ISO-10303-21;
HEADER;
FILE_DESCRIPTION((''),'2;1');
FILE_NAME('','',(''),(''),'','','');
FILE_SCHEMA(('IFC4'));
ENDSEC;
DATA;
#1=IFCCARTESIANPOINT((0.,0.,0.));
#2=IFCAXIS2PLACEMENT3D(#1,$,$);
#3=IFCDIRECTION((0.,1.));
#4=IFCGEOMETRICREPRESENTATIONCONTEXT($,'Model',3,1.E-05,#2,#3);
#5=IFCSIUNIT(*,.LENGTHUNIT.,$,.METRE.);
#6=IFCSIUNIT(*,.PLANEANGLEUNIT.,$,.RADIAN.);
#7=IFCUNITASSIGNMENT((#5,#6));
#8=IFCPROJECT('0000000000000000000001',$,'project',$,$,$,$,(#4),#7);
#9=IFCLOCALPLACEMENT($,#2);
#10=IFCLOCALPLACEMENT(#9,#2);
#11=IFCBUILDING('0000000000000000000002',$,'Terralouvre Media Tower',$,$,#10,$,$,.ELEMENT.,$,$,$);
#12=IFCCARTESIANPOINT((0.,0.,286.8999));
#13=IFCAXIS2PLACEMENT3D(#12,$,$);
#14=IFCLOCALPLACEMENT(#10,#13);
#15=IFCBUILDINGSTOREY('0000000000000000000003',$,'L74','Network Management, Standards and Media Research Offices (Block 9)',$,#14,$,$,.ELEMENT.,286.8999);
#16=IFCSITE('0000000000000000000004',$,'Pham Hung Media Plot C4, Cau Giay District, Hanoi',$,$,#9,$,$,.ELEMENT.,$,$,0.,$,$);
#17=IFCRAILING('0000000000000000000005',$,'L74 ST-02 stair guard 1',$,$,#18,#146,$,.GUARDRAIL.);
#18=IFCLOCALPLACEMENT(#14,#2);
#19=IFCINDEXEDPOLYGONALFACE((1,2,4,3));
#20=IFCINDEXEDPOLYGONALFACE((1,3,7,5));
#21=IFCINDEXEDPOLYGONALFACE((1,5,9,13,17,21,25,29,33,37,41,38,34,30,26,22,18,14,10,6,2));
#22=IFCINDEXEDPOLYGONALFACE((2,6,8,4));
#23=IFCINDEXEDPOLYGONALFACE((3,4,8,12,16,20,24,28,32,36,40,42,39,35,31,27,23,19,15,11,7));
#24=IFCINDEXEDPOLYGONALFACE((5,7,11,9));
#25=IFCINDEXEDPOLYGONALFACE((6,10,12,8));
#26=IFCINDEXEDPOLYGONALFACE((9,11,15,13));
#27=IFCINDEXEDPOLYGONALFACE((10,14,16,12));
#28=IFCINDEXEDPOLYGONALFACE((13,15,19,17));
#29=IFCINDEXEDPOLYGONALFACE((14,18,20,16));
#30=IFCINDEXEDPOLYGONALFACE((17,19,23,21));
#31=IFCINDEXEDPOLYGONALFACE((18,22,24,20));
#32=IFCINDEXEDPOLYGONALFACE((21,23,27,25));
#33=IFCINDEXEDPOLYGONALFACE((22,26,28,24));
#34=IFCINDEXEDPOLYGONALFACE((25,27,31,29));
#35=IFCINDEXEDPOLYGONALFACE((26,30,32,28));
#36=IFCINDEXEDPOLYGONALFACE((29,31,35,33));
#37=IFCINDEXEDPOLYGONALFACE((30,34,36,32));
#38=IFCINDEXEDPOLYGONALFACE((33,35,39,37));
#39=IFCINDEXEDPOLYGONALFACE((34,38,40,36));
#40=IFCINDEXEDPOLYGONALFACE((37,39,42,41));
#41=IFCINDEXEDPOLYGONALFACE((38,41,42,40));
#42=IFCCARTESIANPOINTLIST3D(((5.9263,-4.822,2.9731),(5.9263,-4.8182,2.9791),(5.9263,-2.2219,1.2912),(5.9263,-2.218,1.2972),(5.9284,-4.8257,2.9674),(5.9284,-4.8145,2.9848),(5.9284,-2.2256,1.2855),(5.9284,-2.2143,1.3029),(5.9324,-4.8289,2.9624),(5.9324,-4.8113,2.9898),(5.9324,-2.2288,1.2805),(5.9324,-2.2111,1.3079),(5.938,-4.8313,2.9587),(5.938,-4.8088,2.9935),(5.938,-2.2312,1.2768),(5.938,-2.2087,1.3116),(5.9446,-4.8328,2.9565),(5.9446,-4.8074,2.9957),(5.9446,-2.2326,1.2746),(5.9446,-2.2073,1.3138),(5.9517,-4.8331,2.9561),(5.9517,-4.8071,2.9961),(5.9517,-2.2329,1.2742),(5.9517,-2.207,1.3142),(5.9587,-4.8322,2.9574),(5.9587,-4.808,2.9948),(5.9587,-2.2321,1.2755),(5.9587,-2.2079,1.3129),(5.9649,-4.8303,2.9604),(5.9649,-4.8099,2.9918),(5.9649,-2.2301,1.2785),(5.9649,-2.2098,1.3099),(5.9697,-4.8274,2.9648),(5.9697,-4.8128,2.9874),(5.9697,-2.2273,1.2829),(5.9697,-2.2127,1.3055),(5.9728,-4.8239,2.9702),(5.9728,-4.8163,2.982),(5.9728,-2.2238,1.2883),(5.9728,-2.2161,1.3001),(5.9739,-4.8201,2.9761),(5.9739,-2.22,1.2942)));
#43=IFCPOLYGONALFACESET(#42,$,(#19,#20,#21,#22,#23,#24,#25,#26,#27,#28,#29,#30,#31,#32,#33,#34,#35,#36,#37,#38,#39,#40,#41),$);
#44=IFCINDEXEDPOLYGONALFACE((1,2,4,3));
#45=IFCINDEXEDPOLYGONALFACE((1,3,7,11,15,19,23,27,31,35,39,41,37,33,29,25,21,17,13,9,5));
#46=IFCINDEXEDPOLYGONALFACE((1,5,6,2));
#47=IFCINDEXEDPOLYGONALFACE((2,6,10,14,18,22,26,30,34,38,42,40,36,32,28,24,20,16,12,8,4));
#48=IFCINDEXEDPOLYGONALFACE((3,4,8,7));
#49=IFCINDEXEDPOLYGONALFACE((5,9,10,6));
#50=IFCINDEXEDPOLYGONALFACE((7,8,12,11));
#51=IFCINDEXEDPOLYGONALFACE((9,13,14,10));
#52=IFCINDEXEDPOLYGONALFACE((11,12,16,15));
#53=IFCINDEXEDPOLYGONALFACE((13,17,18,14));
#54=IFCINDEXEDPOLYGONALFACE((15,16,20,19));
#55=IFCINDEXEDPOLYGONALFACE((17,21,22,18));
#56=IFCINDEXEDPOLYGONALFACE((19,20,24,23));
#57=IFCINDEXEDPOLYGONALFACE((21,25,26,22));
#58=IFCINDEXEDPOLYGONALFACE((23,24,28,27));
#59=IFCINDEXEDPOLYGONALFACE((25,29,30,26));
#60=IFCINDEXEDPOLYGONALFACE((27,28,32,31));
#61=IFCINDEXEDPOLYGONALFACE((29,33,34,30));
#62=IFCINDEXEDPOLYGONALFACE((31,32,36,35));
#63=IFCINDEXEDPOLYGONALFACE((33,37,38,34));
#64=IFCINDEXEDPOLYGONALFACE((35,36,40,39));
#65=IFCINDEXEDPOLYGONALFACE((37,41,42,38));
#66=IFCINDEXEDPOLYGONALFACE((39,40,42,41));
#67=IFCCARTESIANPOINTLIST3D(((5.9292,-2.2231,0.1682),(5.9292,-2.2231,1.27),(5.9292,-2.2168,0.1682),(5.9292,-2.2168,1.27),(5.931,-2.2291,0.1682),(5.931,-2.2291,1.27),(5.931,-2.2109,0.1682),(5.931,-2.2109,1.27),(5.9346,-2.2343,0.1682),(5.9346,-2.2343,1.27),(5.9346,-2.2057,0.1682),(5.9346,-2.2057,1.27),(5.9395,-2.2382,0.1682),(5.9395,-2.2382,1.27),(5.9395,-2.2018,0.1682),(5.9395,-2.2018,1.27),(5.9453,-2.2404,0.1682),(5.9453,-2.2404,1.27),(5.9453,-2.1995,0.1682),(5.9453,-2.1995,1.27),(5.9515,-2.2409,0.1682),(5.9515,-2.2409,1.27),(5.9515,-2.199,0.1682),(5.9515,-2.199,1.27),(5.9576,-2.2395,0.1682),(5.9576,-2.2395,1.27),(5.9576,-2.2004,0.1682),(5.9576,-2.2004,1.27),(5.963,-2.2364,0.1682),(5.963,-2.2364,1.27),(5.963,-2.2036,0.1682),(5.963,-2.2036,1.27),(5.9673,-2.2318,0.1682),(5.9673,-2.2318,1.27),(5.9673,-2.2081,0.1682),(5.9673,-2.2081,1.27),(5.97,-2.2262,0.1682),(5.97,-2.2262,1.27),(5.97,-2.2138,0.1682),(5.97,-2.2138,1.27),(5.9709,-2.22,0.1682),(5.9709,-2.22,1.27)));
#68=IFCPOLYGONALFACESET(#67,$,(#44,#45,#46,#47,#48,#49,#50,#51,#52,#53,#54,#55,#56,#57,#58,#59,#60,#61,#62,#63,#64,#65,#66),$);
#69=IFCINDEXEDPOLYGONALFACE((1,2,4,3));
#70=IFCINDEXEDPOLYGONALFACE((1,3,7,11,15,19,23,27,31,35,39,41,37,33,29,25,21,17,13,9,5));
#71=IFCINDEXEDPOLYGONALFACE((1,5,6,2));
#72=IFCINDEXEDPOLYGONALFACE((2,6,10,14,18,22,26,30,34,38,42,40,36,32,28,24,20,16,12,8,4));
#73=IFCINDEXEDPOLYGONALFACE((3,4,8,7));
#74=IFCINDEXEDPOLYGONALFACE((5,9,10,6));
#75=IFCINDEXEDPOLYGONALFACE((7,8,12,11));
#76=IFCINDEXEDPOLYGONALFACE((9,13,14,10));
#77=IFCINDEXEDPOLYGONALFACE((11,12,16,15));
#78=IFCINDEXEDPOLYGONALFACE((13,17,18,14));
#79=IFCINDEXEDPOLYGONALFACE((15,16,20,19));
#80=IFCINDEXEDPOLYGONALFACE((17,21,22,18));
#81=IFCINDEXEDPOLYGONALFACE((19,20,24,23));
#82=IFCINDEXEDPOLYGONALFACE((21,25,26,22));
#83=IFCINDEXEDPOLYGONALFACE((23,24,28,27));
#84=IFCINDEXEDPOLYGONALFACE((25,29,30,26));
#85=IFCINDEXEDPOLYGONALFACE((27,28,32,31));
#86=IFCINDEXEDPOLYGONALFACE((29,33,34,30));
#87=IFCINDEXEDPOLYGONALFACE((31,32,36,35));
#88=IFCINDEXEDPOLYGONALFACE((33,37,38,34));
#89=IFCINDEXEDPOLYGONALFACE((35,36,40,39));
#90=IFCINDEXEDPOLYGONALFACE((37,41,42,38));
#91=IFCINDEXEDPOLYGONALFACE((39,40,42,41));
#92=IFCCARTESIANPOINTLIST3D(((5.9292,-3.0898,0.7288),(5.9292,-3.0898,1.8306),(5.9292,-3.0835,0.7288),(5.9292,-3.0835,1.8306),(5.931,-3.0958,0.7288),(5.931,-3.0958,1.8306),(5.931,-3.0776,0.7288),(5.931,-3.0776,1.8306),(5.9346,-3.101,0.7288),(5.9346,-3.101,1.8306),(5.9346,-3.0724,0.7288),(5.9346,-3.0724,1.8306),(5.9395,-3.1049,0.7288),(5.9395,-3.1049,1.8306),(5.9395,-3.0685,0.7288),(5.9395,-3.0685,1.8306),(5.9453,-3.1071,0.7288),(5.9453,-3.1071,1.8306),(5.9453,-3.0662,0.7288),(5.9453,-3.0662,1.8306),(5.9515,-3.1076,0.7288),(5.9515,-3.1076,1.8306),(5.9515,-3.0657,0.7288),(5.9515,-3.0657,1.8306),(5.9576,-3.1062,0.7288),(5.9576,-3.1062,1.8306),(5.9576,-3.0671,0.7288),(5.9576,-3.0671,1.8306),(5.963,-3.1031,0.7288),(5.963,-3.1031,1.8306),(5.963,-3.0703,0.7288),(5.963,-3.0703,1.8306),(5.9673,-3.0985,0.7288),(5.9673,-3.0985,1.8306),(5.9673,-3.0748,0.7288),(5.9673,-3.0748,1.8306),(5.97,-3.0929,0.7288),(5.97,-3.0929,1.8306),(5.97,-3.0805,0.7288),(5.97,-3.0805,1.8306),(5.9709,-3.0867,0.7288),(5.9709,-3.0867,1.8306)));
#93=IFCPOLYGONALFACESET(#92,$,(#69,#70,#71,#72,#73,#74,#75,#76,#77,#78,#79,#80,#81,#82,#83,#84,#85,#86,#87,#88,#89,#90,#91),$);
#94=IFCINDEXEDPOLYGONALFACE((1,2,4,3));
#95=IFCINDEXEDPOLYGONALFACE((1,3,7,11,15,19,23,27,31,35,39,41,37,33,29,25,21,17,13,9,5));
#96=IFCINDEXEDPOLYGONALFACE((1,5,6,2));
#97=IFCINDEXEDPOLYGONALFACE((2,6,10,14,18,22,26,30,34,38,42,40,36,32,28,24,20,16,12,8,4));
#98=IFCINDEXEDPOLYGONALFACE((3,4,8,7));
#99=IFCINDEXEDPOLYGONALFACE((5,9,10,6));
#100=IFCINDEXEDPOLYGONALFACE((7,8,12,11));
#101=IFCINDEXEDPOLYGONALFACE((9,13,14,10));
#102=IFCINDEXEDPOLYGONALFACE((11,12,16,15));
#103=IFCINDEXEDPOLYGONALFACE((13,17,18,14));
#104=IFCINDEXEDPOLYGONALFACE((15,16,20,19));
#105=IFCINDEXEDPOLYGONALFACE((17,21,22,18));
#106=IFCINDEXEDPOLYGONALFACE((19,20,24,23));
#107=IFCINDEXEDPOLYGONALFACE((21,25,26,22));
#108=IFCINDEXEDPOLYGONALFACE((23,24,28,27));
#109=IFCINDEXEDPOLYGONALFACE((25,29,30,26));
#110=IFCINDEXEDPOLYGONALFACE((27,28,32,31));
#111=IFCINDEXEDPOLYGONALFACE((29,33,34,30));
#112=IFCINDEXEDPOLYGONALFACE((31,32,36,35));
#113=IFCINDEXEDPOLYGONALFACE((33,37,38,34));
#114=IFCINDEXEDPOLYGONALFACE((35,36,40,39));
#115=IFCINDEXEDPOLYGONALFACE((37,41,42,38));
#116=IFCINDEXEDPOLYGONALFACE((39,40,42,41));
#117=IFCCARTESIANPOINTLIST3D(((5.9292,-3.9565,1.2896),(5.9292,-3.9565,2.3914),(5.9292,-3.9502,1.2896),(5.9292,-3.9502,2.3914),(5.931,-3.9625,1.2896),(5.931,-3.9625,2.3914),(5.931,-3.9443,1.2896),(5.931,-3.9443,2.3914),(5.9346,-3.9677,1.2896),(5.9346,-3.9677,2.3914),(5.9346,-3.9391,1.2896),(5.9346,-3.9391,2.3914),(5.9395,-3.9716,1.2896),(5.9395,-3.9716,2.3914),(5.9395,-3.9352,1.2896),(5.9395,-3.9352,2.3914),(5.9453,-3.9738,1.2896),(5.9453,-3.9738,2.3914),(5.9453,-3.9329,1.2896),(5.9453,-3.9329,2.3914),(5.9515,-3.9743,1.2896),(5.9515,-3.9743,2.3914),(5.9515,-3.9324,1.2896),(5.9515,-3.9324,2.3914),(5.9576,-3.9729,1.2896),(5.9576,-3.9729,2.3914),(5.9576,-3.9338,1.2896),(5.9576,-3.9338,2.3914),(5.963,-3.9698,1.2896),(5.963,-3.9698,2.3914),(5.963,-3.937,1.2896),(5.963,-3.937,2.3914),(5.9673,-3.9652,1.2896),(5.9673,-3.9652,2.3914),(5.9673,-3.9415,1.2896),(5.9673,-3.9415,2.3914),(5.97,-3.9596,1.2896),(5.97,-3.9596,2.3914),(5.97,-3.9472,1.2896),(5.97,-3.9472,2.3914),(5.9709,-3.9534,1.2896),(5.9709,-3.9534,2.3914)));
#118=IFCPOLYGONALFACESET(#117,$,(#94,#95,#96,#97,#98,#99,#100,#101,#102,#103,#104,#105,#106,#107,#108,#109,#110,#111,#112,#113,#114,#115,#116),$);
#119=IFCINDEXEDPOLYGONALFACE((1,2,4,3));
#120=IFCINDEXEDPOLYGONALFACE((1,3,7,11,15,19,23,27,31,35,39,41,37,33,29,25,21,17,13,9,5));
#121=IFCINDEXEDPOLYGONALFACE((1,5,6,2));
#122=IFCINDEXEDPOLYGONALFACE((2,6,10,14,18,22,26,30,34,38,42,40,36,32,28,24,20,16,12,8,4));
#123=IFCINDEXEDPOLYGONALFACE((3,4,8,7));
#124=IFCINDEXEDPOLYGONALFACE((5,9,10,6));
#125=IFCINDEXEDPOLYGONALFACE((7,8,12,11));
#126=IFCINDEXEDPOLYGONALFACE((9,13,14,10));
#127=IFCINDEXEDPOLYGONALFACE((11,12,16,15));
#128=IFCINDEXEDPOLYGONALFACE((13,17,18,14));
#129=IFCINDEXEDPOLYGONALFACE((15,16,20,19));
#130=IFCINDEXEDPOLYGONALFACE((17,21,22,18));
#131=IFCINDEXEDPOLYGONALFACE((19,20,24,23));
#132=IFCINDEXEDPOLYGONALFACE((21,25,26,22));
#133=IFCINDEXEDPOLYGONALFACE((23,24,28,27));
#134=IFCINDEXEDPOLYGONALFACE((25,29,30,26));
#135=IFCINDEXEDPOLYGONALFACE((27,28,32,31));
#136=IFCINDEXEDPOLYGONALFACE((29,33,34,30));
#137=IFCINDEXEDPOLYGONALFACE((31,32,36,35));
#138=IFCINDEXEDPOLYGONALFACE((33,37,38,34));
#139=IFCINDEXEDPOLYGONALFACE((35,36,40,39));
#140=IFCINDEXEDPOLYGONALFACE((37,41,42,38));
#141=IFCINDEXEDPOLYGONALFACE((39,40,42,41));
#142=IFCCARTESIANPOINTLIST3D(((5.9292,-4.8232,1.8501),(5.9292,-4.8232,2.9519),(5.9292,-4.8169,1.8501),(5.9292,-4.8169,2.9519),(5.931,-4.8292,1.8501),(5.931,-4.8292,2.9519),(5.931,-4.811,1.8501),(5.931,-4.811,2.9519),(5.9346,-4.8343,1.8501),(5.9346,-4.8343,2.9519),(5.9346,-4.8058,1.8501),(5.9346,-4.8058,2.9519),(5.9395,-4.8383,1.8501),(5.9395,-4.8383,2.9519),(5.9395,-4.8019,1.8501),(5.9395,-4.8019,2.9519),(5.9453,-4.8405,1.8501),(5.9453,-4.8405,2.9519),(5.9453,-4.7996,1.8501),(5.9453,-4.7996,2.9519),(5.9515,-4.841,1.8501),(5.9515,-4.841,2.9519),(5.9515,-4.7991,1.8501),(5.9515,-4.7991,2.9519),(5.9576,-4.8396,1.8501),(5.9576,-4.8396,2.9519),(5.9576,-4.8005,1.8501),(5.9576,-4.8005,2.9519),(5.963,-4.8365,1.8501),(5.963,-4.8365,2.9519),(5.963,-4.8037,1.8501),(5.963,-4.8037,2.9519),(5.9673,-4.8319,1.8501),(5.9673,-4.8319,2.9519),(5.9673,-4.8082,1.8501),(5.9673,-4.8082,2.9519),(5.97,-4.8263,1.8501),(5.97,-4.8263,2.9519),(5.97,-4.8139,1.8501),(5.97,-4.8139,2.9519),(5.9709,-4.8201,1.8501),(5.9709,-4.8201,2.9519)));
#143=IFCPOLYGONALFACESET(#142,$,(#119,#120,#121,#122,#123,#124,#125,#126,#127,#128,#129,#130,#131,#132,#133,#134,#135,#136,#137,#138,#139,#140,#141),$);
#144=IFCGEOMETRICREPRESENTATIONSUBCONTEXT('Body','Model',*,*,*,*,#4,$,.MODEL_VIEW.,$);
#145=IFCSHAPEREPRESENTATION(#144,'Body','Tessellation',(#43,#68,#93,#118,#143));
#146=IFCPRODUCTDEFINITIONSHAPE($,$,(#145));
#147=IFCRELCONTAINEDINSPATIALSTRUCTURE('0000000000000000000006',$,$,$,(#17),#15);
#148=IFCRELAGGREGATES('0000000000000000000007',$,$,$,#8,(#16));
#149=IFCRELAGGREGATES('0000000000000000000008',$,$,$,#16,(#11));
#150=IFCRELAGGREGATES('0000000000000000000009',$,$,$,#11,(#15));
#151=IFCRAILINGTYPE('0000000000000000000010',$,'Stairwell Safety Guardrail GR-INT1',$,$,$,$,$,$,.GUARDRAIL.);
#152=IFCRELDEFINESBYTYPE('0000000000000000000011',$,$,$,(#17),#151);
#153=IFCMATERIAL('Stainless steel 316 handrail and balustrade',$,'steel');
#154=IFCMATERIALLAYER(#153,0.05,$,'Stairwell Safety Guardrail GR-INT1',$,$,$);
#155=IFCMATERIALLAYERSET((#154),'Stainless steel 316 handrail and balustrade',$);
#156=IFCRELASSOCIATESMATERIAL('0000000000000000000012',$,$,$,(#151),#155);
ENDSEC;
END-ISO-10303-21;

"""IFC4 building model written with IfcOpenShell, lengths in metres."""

from ifc_helpers import new_model, si_unit, direction, frame, origin, origin_2d, place, context, subcontext, project, spatial, circle, extrude, material, layer, layer_set, type_object, element, save


model = new_model("IFC4")

# Units and contexts
model_context = context("Model", 3, precision=1e-05, world=origin(), true_north=direction((0.0, 1.0)))
body_context = subcontext(model_context, "Body", "Model", "MODEL_VIEW")
ifc_project = project(units=[si_unit("LENGTHUNIT", "METRE"), si_unit("PLANEANGLEUNIT", "RADIAN")], contexts=[model_context])

# Site, building, storey
site_placement = place(None, origin())
site = spatial("IfcSite", under=ifc_project, at=site_placement, Name="Pham Hung Media Plot C4, Cau Giay District, Hanoi", CompositionType="ELEMENT", RefElevation=0.0)
building_placement = place(site_placement, origin())
building = spatial("IfcBuilding", under=site, at=building_placement, Name="Terralouvre Media Tower", CompositionType="ELEMENT")
storey_placement = place(building_placement, frame((0.0, 0.0, 286.8999)))
storey = spatial("IfcBuildingStorey", under=building, at=storey_placement, Name="L74", Description="Network Management, Standards and Media Research Offices (Block 9)", CompositionType="ELEMENT", Elevation=286.8999)

# Railing
ifc_material_1 = material(Name="Stainless steel 316 handrail and balustrade", Category="steel")
ifc_layer_1 = layer(ifc_material_1, 0.05, Name="Stairwell Safety Guardrail GR-INT1")
ifc_layer_set_1 = layer_set([ifc_layer_1], Name="Stainless steel 316 handrail and balustrade")
railing_type_1 = type_object("IfcRailingType", Name="Stairwell Safety Guardrail GR-INT1", PredefinedType="GUARDRAIL", material=ifc_layer_set_1)
railing_1_placement = place(storey_placement, frame((5.95, -2.22, 0.1682)))
element("IfcRailing", 1, at=railing_1_placement, inside=storey, type_object=railing_type_1, Name="L74 ST-02 stair guard 1", PredefinedType="GUARDRAIL", context=body_context, shape_type="SweptSolid", body=[
    extrude(circle(Radius=0.0239, at=origin_2d()), frame((0.0, 0.0, 1.126), z_axis=(0.0, -0.839648, 0.54313), x_axis=(1.0, 0.0, 0.0)), (0.0, 0.0, 1.0), 3.0967),
    extrude(circle(Radius=0.021, at=origin_2d()), origin(), (0.0, 0.0, 1.0), 1.1018),
    extrude(circle(Radius=0.021, at=origin_2d()), frame((0.0, -0.8667, 0.5605)), (0.0, 0.0, 1.0), 1.1018),
    extrude(circle(Radius=0.021, at=origin_2d()), frame((0.0, -1.7334, 1.1213)), (0.0, 0.0, 1.0), 1.1018),
    extrude(circle(Radius=0.021, at=origin_2d()), frame((0.0, -2.6001, 1.6819)), (0.0, 0.0, 1.0), 1.1018),
])

save(model, "model.ifc")
